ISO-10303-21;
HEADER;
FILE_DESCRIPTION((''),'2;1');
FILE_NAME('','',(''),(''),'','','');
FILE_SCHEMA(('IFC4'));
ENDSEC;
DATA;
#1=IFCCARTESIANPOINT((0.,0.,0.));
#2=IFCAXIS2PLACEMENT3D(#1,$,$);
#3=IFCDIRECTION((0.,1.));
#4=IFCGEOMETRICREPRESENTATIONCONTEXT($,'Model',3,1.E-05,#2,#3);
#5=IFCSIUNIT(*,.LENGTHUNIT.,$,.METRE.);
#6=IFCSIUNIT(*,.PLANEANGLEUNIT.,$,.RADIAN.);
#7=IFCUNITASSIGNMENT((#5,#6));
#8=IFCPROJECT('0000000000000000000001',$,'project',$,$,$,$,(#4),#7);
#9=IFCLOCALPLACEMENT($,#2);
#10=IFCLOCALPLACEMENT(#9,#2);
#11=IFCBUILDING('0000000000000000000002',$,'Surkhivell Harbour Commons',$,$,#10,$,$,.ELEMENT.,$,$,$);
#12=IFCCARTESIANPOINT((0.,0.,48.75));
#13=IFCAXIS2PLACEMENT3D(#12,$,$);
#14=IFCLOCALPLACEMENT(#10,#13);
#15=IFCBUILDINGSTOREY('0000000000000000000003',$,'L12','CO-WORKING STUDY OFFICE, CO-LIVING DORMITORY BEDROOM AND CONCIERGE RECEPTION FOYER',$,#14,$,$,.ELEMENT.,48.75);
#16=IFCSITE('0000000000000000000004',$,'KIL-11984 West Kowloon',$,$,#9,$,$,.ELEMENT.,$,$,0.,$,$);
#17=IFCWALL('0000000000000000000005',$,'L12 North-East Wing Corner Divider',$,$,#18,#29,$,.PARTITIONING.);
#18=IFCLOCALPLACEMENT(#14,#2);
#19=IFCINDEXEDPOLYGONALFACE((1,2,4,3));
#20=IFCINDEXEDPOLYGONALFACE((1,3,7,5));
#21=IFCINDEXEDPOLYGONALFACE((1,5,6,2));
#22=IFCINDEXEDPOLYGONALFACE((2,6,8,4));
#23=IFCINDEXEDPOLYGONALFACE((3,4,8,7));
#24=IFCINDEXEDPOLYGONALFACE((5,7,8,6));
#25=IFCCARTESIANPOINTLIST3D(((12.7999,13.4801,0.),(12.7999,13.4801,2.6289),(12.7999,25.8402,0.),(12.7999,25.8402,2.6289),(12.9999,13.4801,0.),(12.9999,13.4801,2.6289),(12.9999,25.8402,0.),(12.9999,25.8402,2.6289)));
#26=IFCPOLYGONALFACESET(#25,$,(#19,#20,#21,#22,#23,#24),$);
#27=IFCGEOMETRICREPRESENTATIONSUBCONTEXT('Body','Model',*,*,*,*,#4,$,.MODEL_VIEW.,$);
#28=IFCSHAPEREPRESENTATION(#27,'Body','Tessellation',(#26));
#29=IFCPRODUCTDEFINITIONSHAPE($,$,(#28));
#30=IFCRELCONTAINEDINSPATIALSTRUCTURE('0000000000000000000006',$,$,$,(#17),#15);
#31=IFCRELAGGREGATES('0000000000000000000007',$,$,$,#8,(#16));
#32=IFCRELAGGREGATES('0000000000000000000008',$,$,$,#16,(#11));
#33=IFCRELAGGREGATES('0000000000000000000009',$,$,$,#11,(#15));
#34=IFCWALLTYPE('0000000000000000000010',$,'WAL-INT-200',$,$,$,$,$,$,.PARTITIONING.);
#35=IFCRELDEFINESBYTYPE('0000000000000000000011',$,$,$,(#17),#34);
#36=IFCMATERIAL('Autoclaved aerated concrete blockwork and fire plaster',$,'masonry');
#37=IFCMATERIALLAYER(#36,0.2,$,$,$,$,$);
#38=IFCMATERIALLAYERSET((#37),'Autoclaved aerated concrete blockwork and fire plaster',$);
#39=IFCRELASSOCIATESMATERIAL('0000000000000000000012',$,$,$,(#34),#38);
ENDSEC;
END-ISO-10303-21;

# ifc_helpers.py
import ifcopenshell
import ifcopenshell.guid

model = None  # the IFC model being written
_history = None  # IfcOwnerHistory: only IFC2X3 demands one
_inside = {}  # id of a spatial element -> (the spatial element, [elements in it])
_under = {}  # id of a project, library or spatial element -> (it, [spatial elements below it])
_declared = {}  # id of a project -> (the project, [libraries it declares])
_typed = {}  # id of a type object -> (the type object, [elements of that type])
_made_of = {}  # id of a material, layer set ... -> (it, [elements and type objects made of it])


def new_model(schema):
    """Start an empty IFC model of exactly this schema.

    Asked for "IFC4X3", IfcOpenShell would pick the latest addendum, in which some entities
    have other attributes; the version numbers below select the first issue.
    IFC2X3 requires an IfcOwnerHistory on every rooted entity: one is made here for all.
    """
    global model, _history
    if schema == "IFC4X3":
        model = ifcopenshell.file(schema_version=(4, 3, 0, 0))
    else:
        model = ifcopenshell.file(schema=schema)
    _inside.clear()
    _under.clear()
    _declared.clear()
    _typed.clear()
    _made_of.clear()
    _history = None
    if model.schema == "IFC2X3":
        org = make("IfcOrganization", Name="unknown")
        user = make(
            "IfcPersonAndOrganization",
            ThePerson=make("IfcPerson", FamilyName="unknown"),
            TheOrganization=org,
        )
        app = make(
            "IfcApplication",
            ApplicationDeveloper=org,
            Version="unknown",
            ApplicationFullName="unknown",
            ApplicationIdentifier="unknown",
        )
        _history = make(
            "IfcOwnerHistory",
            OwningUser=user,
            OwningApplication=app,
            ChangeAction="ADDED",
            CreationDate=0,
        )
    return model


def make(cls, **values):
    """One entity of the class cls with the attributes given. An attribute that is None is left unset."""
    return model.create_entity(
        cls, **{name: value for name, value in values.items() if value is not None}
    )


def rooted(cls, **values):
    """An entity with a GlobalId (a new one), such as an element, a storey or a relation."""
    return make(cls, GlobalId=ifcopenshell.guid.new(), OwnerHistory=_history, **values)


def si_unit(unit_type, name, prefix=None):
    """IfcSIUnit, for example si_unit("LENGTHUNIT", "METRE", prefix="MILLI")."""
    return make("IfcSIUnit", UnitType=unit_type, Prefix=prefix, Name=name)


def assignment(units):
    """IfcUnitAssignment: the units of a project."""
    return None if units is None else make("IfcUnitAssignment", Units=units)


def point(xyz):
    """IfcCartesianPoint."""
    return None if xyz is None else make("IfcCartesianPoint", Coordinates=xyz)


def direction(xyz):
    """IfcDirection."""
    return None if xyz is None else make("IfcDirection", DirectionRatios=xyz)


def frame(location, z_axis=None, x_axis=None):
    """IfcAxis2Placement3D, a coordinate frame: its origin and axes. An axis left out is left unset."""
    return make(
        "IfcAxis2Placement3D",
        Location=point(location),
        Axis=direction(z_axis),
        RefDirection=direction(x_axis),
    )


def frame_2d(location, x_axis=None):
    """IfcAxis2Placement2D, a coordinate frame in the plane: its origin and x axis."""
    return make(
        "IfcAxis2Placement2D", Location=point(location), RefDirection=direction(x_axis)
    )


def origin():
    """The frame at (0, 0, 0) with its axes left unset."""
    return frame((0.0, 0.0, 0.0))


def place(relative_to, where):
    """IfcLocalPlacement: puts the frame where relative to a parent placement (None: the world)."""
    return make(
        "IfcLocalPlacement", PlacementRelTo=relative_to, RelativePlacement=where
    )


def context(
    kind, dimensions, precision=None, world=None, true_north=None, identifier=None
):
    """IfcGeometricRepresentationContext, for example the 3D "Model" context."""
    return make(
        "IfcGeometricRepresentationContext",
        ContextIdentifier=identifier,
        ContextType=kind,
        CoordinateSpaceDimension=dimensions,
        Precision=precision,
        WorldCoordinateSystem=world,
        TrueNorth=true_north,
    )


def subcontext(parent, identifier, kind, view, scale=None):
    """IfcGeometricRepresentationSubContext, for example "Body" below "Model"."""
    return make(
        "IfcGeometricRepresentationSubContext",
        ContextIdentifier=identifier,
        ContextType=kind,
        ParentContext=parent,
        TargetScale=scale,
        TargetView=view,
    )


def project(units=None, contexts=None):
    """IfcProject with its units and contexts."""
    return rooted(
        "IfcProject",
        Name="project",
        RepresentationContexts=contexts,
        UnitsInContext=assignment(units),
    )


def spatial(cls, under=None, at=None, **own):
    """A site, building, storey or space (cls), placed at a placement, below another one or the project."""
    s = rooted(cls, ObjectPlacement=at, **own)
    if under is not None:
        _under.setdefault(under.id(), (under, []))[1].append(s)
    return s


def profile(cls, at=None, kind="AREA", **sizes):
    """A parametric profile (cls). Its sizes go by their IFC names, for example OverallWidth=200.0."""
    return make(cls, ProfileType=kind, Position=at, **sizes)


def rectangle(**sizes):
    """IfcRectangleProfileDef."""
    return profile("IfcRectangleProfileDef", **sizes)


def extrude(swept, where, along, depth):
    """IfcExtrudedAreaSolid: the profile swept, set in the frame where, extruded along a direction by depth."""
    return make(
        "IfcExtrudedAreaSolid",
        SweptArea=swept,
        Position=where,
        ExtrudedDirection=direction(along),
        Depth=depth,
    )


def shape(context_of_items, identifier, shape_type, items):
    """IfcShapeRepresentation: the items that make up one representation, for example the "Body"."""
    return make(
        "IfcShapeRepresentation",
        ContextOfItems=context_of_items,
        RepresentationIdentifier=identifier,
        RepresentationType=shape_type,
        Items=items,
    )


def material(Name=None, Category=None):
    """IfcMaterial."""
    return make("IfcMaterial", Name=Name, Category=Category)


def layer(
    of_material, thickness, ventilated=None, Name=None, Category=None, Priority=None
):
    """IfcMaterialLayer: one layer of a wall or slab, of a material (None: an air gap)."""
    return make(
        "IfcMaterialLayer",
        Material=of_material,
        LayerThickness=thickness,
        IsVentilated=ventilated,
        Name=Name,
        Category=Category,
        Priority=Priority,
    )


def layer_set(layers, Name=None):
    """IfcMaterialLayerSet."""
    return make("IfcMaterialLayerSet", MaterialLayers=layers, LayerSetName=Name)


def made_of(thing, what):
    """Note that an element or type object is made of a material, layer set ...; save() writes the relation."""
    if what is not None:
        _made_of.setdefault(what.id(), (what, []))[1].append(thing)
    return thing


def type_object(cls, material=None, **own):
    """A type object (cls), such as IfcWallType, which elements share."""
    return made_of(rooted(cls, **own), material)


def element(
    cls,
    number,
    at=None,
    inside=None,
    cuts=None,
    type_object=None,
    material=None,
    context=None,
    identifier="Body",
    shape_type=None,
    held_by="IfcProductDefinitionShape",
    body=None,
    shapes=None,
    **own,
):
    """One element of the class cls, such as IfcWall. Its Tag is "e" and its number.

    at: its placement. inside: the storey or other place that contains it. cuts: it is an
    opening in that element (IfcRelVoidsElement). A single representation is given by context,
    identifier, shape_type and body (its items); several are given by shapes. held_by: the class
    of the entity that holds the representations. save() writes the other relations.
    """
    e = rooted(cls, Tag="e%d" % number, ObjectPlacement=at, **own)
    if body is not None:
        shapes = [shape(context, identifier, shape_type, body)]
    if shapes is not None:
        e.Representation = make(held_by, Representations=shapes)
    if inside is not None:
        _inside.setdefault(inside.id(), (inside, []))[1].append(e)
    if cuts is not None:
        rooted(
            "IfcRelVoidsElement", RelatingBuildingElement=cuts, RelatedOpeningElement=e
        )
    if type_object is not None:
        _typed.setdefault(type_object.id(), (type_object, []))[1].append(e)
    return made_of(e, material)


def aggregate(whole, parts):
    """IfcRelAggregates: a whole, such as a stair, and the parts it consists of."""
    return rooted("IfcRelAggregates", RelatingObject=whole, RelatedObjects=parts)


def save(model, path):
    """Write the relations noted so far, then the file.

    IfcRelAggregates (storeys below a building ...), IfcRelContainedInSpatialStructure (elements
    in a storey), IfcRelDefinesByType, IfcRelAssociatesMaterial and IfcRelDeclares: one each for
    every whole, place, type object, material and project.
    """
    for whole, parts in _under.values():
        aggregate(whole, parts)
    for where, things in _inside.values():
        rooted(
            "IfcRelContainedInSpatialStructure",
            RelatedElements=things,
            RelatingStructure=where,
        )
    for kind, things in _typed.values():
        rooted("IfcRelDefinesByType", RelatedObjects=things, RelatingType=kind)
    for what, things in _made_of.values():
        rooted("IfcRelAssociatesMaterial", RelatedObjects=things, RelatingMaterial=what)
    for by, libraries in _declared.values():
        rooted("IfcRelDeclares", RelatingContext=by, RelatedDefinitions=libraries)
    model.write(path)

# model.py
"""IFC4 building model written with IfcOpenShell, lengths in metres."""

from ifc_helpers import new_model, si_unit, direction, frame, frame_2d, origin, place, context, subcontext, project, spatial, rectangle, extrude, material, layer, layer_set, type_object, element, save


model = new_model("IFC4")

# Units and contexts
model_context = context("Model", 3, precision=1e-05, world=origin(), true_north=direction((0.0, 1.0)))
body_context = subcontext(model_context, "Body", "Model", "MODEL_VIEW")
ifc_project = project(units=[si_unit("LENGTHUNIT", "METRE"), si_unit("PLANEANGLEUNIT", "RADIAN")], contexts=[model_context])

# Site, building, storey
site_placement = place(None, origin())
site = spatial("IfcSite", under=ifc_project, at=site_placement, Name="KIL-11984 West Kowloon", CompositionType="ELEMENT", RefElevation=0.0)
building_placement = place(site_placement, origin())
building = spatial("IfcBuilding", under=site, at=building_placement, Name="Surkhivell Harbour Commons", CompositionType="ELEMENT")
storey_placement = place(building_placement, frame((0.0, 0.0, 48.75)))
storey = spatial("IfcBuildingStorey", under=building, at=storey_placement, Name="L12", Description="CO-WORKING STUDY OFFICE, CO-LIVING DORMITORY BEDROOM AND CONCIERGE RECEPTION FOYER", CompositionType="ELEMENT", Elevation=48.75)

# Wall
ifc_material_1 = material(Name="Autoclaved aerated concrete blockwork and fire plaster", Category="masonry")
ifc_layer_1 = layer(ifc_material_1, 0.2)
ifc_layer_set_1 = layer_set([ifc_layer_1], Name="Autoclaved aerated concrete blockwork and fire plaster")
wall_type_1 = type_object("IfcWallType", Name="WAL-INT-200", PredefinedType="PARTITIONING", material=ifc_layer_set_1)
wall_1_placement = place(storey_placement, frame((12.8999, 13.48, 0.0), z_axis=(0.0, 0.0, 1.0), x_axis=(0.0, 1.0, 0.0)))
element("IfcWall", 1, at=wall_1_placement, inside=storey, type_object=wall_type_1, Name="L12 North-East Wing Corner Divider", PredefinedType="PARTITIONING", context=body_context, shape_type="SweptSolid", body=[
    extrude(rectangle(XDim=12.3601, YDim=0.2, at=frame_2d((6.1802, 0.0))), origin(), (0.0, 0.0, 1.0), 2.6289),
])

save(model, "model.ifc")
